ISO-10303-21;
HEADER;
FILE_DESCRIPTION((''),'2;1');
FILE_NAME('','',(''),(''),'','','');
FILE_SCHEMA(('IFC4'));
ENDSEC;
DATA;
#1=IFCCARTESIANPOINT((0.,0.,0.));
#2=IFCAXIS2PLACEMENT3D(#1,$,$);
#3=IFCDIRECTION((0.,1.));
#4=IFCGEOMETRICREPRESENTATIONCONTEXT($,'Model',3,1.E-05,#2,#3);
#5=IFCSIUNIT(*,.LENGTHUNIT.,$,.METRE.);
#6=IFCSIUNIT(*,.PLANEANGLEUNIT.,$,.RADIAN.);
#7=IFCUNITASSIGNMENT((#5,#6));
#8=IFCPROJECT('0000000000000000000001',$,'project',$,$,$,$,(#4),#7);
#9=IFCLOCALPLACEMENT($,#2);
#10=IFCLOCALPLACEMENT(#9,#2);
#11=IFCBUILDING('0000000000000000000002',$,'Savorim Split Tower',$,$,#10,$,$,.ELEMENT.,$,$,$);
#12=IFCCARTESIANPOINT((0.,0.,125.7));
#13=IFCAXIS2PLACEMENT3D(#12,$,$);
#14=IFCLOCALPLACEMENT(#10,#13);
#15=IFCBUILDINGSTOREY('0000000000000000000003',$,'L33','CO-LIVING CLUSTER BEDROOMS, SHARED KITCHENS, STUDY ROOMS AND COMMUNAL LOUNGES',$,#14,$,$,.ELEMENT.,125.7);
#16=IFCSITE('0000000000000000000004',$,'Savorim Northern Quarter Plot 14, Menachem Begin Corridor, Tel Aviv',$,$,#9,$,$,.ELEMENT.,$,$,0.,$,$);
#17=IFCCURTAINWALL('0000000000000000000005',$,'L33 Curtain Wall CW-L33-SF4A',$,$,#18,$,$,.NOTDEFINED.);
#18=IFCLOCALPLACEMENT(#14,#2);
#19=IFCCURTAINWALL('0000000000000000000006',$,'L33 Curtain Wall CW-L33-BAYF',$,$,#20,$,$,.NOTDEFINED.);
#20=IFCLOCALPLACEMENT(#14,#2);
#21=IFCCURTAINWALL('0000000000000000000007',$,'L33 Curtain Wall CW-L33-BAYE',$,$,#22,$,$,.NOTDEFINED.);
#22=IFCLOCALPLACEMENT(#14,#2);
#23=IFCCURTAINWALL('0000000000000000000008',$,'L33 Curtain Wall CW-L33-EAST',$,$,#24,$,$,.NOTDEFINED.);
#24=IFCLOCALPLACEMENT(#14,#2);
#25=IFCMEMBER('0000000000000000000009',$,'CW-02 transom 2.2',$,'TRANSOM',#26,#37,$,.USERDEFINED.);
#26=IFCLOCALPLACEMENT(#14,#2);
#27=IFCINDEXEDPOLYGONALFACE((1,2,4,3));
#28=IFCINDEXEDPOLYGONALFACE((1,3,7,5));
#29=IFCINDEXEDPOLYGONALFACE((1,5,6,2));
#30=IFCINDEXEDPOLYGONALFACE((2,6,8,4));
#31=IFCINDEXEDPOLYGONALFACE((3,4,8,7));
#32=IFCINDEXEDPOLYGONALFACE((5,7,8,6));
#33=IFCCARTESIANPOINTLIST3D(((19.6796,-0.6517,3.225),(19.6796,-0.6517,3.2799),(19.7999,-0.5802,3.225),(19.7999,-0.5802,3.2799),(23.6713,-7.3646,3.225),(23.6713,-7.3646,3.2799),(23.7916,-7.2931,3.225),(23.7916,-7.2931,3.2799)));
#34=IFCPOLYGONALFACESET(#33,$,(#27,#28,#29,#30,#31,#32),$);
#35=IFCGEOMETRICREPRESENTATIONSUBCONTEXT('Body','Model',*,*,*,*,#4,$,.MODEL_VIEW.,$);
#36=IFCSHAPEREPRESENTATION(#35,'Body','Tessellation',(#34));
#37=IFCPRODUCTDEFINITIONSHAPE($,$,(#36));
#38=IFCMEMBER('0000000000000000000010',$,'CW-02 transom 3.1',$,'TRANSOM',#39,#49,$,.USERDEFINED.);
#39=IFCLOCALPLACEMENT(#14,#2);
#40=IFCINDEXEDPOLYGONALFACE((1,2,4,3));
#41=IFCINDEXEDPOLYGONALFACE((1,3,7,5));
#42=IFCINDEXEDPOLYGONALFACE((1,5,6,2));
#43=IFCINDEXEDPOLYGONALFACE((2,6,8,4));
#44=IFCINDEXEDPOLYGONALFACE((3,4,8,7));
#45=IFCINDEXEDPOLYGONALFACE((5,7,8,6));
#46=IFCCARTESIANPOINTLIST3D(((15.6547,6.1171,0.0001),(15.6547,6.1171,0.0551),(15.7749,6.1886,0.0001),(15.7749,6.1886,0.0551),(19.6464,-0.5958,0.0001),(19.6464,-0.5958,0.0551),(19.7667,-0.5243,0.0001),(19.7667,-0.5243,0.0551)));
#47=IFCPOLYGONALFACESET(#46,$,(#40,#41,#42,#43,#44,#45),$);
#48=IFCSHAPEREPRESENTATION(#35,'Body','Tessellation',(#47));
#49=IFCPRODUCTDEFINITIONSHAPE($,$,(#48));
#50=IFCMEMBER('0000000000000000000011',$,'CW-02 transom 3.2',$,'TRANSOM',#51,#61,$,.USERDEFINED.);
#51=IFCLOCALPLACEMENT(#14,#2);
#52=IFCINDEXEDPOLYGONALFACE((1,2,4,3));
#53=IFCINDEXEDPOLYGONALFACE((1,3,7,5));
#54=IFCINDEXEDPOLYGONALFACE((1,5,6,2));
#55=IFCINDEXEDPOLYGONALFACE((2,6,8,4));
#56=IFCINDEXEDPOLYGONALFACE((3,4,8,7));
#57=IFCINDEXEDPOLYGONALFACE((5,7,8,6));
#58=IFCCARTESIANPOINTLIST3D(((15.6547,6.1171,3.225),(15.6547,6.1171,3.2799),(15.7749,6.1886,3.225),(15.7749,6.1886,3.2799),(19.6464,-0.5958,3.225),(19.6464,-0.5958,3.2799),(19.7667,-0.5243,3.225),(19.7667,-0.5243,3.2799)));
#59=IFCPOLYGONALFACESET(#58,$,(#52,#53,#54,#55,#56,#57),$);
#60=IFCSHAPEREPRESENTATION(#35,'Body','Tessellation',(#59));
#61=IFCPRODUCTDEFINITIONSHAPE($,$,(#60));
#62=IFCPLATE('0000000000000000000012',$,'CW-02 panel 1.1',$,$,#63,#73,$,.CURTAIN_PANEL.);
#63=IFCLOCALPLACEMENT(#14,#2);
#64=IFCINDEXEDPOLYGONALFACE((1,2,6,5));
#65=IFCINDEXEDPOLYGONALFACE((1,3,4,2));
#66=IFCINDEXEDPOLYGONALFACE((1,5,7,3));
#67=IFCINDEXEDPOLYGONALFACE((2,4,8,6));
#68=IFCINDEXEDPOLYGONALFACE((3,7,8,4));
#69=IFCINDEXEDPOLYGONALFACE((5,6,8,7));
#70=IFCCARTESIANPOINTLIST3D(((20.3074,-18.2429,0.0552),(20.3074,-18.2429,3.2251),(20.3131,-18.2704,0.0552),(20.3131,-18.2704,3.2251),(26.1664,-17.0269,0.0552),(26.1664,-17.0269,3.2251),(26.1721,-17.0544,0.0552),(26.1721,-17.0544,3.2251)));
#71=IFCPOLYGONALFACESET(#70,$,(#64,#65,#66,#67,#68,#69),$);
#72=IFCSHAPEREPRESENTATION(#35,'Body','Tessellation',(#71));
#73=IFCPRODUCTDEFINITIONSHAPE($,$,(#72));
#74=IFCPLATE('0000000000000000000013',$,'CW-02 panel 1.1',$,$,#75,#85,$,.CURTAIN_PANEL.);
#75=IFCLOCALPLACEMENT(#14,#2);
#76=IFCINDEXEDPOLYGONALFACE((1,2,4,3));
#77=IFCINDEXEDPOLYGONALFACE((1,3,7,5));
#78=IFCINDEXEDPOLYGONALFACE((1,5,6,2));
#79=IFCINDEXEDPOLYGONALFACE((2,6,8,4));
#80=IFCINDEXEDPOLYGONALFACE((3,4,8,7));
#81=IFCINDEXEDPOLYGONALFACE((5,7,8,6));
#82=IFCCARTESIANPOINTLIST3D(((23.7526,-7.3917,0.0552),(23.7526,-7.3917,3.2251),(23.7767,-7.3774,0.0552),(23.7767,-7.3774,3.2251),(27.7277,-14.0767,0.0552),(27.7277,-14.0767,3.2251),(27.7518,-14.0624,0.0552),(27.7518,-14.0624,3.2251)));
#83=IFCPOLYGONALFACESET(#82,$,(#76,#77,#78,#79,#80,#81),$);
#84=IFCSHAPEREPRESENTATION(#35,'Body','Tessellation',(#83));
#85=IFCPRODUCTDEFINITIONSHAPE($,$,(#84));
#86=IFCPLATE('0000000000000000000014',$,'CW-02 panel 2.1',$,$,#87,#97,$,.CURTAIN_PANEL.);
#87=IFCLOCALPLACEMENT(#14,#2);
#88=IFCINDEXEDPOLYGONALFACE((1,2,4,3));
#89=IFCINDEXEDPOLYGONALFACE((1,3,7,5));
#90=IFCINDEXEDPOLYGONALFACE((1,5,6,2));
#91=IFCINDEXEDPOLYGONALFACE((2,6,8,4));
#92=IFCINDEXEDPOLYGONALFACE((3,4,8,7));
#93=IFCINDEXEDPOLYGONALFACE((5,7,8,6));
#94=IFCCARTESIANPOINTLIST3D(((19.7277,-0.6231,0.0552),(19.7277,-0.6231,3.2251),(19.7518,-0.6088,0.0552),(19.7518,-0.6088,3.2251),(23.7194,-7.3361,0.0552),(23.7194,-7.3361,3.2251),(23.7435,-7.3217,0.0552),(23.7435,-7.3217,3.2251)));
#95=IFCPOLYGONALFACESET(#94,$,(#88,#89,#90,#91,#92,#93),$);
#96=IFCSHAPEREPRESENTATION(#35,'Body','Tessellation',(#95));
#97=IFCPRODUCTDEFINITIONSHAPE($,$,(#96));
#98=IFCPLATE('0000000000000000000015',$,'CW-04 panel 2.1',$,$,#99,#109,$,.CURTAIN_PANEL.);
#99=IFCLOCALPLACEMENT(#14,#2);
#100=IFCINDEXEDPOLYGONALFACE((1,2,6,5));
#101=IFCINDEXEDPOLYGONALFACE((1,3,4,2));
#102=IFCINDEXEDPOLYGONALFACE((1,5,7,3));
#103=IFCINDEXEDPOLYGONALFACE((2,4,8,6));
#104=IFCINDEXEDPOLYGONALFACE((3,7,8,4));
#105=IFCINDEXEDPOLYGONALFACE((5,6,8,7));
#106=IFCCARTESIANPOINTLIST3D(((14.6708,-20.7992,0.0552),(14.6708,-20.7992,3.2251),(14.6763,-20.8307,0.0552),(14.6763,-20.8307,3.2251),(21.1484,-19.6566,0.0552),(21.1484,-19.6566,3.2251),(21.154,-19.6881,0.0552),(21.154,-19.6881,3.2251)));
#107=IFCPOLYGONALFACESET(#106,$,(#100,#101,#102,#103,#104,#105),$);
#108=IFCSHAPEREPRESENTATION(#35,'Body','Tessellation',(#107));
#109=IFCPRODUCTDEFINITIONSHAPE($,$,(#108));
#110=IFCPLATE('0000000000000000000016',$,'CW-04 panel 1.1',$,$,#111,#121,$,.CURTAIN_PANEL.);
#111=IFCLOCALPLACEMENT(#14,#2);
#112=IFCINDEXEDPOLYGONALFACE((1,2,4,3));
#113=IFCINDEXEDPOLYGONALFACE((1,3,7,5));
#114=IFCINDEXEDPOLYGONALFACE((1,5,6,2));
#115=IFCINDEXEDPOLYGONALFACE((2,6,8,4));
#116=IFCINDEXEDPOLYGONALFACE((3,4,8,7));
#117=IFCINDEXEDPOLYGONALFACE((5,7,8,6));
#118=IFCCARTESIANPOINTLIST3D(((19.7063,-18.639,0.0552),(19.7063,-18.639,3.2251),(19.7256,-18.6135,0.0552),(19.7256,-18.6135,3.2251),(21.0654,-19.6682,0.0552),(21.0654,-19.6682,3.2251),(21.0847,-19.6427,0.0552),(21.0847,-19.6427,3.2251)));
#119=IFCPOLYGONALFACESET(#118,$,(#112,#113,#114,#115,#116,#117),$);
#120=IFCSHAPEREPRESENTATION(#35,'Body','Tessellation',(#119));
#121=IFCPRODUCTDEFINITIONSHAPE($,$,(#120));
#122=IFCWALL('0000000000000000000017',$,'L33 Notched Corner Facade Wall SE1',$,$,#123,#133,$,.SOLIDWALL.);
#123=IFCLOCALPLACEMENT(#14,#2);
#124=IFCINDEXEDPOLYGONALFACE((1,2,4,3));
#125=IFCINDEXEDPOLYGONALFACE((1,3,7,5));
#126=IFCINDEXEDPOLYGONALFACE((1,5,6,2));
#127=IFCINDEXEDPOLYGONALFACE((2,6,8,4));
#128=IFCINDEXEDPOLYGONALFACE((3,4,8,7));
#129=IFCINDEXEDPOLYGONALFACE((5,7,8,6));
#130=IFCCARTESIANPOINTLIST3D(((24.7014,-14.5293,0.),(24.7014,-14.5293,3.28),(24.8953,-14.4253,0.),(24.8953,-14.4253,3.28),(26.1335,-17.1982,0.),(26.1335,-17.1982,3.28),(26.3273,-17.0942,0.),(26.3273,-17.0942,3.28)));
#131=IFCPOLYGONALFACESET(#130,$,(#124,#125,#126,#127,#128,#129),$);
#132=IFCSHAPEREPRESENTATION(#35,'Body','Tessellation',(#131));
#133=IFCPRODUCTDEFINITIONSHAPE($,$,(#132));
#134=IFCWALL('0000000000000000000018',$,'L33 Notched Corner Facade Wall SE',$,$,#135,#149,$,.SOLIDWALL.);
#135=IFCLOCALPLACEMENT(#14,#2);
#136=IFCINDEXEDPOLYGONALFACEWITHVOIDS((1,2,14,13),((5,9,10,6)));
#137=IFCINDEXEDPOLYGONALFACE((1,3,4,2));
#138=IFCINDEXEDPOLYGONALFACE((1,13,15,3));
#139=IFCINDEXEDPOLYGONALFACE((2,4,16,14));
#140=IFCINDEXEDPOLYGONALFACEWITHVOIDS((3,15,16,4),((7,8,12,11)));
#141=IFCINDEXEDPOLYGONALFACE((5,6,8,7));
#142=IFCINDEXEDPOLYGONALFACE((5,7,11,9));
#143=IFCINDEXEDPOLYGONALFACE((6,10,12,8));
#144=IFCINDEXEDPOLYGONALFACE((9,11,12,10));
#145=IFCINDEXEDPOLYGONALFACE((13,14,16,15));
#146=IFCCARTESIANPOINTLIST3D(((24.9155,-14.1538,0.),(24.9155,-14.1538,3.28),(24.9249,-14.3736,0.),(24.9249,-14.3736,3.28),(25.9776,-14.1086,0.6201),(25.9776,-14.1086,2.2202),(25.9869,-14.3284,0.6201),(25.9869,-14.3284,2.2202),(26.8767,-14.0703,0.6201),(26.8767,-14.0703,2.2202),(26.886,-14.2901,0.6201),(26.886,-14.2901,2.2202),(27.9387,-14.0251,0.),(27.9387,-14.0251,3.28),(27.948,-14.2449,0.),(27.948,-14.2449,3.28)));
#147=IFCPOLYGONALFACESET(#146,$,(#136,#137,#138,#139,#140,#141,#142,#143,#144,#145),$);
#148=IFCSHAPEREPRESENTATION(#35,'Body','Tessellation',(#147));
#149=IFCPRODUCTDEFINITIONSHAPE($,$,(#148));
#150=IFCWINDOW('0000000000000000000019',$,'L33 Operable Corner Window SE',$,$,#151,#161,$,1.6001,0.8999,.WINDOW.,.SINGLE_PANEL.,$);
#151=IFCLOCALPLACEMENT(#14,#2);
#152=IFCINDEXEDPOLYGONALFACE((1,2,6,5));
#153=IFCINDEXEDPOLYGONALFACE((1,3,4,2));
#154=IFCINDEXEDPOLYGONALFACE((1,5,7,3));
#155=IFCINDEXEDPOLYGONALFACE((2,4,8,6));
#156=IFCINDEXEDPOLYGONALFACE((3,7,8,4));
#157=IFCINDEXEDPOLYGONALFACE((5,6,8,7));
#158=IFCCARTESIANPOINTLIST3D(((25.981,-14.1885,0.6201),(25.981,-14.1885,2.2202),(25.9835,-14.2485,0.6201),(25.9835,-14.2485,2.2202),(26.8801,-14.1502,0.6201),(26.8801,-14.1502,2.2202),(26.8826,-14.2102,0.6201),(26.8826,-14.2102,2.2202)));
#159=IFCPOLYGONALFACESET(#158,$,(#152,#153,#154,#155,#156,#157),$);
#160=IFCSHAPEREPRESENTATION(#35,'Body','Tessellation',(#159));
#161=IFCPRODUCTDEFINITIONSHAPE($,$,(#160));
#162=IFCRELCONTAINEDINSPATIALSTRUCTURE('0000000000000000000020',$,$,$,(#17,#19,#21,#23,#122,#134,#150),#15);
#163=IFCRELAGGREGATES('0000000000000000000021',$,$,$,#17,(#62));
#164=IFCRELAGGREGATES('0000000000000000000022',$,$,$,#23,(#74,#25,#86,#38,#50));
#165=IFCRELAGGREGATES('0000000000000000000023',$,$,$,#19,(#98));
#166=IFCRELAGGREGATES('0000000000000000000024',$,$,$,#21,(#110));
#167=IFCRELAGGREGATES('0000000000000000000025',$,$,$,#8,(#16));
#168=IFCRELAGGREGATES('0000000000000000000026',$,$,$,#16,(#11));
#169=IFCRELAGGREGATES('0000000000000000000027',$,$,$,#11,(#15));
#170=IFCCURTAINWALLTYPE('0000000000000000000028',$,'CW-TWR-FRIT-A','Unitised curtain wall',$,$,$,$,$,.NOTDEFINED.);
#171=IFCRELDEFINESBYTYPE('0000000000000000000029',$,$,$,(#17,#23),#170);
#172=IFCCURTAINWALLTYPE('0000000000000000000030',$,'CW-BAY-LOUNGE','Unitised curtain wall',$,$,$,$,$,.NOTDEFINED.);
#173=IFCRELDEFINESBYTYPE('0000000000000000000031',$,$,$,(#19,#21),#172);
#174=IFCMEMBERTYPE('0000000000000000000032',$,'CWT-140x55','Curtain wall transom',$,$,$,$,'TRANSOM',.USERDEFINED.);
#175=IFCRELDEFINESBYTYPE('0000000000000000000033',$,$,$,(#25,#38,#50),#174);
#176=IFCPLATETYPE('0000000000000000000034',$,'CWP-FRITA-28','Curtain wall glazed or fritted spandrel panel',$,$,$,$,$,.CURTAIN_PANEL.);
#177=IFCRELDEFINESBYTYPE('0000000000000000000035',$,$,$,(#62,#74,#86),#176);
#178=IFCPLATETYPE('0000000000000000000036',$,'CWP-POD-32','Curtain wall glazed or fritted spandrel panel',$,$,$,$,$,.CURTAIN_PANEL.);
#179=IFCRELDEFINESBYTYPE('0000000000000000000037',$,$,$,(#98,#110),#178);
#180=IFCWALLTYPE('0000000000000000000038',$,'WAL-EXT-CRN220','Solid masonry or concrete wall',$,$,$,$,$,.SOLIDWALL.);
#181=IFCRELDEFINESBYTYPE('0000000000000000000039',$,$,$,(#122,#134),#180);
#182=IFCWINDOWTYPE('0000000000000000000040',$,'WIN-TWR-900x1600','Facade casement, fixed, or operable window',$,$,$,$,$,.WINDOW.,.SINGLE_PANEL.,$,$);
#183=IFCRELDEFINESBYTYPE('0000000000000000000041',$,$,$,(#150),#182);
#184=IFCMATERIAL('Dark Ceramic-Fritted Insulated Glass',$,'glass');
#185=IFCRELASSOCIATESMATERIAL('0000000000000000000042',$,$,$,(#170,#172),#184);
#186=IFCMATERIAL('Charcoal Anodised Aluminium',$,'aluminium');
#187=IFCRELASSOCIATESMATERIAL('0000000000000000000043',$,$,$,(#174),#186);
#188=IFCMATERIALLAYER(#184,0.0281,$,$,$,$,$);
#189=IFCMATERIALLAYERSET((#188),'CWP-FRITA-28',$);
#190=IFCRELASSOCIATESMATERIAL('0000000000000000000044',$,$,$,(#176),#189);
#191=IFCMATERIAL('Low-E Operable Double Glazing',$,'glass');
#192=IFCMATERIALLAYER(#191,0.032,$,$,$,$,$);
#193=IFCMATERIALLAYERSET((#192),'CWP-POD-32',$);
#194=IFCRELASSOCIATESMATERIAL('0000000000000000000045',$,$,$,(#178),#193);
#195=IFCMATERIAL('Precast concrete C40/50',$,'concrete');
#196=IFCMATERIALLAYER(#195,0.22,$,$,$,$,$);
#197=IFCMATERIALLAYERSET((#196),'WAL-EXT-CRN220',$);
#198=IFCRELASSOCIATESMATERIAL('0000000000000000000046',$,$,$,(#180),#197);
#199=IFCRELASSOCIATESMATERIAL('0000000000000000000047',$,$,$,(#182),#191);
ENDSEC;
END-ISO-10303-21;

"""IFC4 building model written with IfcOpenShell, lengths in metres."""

from ifc_helpers import new_model, si_unit, direction, frame, frame_2d, origin, origin_2d, place, context, subcontext, project, spatial, rectangle, extrude, material, layer, layer_set, material_profile, profile_set, type_object, element, fill, aggregate, save


model = new_model("IFC4")

# Units and contexts
model_context = context("Model", 3, precision=1e-05, world=origin(), true_north=direction((0.0, 1.0)))
body_context = subcontext(model_context, "Body", "Model", "MODEL_VIEW")
ifc_project = project(units=[si_unit("LENGTHUNIT", "METRE"), si_unit("PLANEANGLEUNIT", "RADIAN")], contexts=[model_context])

# Site, building, storey
site_placement = place(None, origin())
site = spatial("IfcSite", under=ifc_project, at=site_placement, Name="Savorim Northern Quarter Plot 14, Menachem Begin Corridor, Tel Aviv", CompositionType="ELEMENT", RefElevation=0.0)
building_placement = place(site_placement, origin())
building = spatial("IfcBuilding", under=site, at=building_placement, Name="Savorim Split Tower", CompositionType="ELEMENT")
storey_placement = place(building_placement, frame((0.0, 0.0, 125.7)))
storey = spatial("IfcBuildingStorey", under=building, at=storey_placement, Name="L33", Description="CO-LIVING CLUSTER BEDROOMS, SHARED KITCHENS, STUDY ROOMS AND COMMUNAL LOUNGES", CompositionType="ELEMENT", Elevation=125.7)

# Curtain wall
ifc_material_1 = material(Name="Dark Ceramic-Fritted Insulated Glass", Category="glass")
curtain_wall_type_1 = type_object("IfcCurtainWallType", Name="CW-TWR-FRIT-A", Description="Unitised curtain wall", PredefinedType="NOTDEFINED", material=ifc_material_1)
curtain_wall_1_placement = place(storey_placement, origin())
curtain_wall_1 = element("IfcCurtainWall", 1, at=curtain_wall_1_placement, inside=storey, type_object=curtain_wall_type_1, Name="L33 Curtain Wall CW-L33-SF4A", PredefinedType="NOTDEFINED")
ifc_material_2 = material(Name="Charcoal Anodised Aluminium", Category="aluminium")

# Curtain wall
curtain_wall_type_2 = type_object("IfcCurtainWallType", Name="CW-BAY-LOUNGE", Description="Unitised curtain wall", PredefinedType="NOTDEFINED", material=ifc_material_1)
curtain_wall_2_placement = place(storey_placement, origin())
curtain_wall_2 = element("IfcCurtainWall", 2, at=curtain_wall_2_placement, inside=storey, type_object=curtain_wall_type_2, Name="L33 Curtain Wall CW-L33-BAYF", PredefinedType="NOTDEFINED")

# Curtain walls
curtain_wall_3_placement = place(storey_placement, origin())
curtain_wall_3 = element("IfcCurtainWall", 3, at=curtain_wall_3_placement, inside=storey, type_object=curtain_wall_type_2, Name="L33 Curtain Wall CW-L33-BAYE", PredefinedType="NOTDEFINED")
curtain_wall_4_placement = place(storey_placement, origin())
curtain_wall_4 = element("IfcCurtainWall", 4, at=curtain_wall_4_placement, inside=storey, type_object=curtain_wall_type_1, Name="L33 Curtain Wall CW-L33-EAST", PredefinedType="NOTDEFINED")

# Members
ifc_material_profile_1 = material_profile(ifc_material_2, rectangle(XDim=0.1399, YDim=0.0549, at=origin_2d()), Name="ALU-T 140x55")
ifc_profile_set_1 = profile_set([ifc_material_profile_1], Name="Charcoal Anodised Aluminium")
member_type_1 = type_object("IfcMemberType", Name="CWT-140x55", Description="Curtain wall transom", ElementType="TRANSOM", PredefinedType="USERDEFINED", material=ifc_profile_set_1)
member_1_placement = place(storey_placement, frame((23.7314, -7.3289, 3.2524), z_axis=(-0.511099, 0.859522, 0.0), x_axis=(-0.859522, -0.511099, 0.0)))
member_1 = element("IfcMember", 5, at=member_1_placement, type_object=member_type_1, Name="CW-02 transom 2.2", ObjectType="TRANSOM", PredefinedType="USERDEFINED", context=body_context, shape_type="SweptSolid", body=[
    extrude(rectangle(XDim=0.1399, YDim=0.0549, at=origin_2d()), origin(), (0.0, 0.0, 1.0), 7.8101),
])
member_2_placement = place(storey_placement, frame((19.7065, -0.5601, 0.0276), z_axis=(-0.511099, 0.859522, 0.0), x_axis=(-0.859522, -0.511099, 0.0)))
member_2 = element("IfcMember", 6, at=member_2_placement, type_object=member_type_1, Name="CW-02 transom 3.1", ObjectType="TRANSOM", PredefinedType="USERDEFINED", context=body_context, shape_type="SweptSolid", body=[
    extrude(rectangle(XDim=0.1399, YDim=0.0549, at=origin_2d()), origin(), (0.0, 0.0, 1.0), 7.8101),
])
member_3_placement = place(storey_placement, frame((19.7065, -0.5601, 3.2524), z_axis=(-0.511099, 0.859522, 0.0), x_axis=(-0.859522, -0.511099, 0.0)))
member_3 = element("IfcMember", 7, at=member_3_placement, type_object=member_type_1, Name="CW-02 transom 3.2", ObjectType="TRANSOM", PredefinedType="USERDEFINED", context=body_context, shape_type="SweptSolid", body=[
    extrude(rectangle(XDim=0.1399, YDim=0.0549, at=origin_2d()), origin(), (0.0, 0.0, 1.0), 7.8101),
])

# Plates
ifc_layer_1 = layer(ifc_material_1, 0.0281)
ifc_layer_set_1 = layer_set([ifc_layer_1], Name="CWP-FRITA-28")
plate_type_1 = type_object("IfcPlateType", Name="CWP-FRITA-28", Description="Curtain wall glazed or fritted spandrel panel", PredefinedType="CURTAIN_PANEL", material=ifc_layer_set_1)
plate_1_placement = place(storey_placement, frame((23.2397, -17.6487, 0.0552), z_axis=(0.0, 0.0, 1.0), x_axis=(0.979135, 0.20321, 0.0)))
plate_1 = element("IfcPlate", 8, at=plate_1_placement, type_object=plate_type_1, Name="CW-02 panel 1.1", PredefinedType="CURTAIN_PANEL", context=body_context, shape_type="SweptSolid", body=[
    extrude(rectangle(XDim=5.9839, YDim=0.0281, at=origin_2d()), origin(), (0.0, 0.0, 1.0), 3.1699),
])
aggregate(curtain_wall_1, [plate_1])
plate_2_placement = place(storey_placement, frame((25.7522, -10.7271, 0.0552), z_axis=(0.0, 0.0, 1.0), x_axis=(-0.511093, 0.859525, 0.0)))
plate_2 = element("IfcPlate", 9, at=plate_2_placement, type_object=plate_type_1, Name="CW-02 panel 1.1", PredefinedType="CURTAIN_PANEL", context=body_context, shape_type="SweptSolid", body=[
    extrude(rectangle(XDim=7.7776, YDim=0.0281, at=origin_2d()), origin(), (0.0, 0.0, 1.0), 3.1699),
])
plate_3_placement = place(storey_placement, frame((21.7356, -3.9724, 0.0552), z_axis=(0.0, 0.0, 1.0), x_axis=(-0.511093, 0.859525, 0.0)))
plate_3 = element("IfcPlate", 10, at=plate_3_placement, type_object=plate_type_1, Name="CW-02 panel 2.1", PredefinedType="CURTAIN_PANEL", context=body_context, shape_type="SweptSolid", body=[
    extrude(rectangle(XDim=7.8101, YDim=0.0281, at=origin_2d()), origin(), (0.0, 0.0, 1.0), 3.1699),
])
aggregate(curtain_wall_4, [plate_2, member_1, plate_3, member_2, member_3])
ifc_material_3 = material(Name="Low-E Operable Double Glazing", Category="glass")
ifc_layer_2 = layer(ifc_material_3, 0.032)
ifc_layer_set_2 = layer_set([ifc_layer_2], Name="CWP-POD-32")
plate_type_2 = type_object("IfcPlateType", Name="CWP-POD-32", Description="Curtain wall glazed or fritted spandrel panel", PredefinedType="CURTAIN_PANEL", material=ifc_layer_set_2)
plate_4_placement = place(storey_placement, frame((17.9124, -20.2437, 0.0552), z_axis=(0.0, 0.0, 1.0), x_axis=(0.984798, 0.173703, 0.0)))
plate_4 = element("IfcPlate", 11, at=plate_4_placement, type_object=plate_type_2, Name="CW-04 panel 2.1", PredefinedType="CURTAIN_PANEL", context=body_context, shape_type="SweptSolid", body=[
    extrude(rectangle(XDim=6.5776, YDim=0.032, at=origin_2d()), origin(), (0.0, 0.0, 1.0), 3.1699),
])
aggregate(curtain_wall_2, [plate_4])
plate_5_placement = place(storey_placement, frame((20.3955, -19.1409, 0.0552), z_axis=(0.0, 0.0, 1.0), x_axis=(-0.797192, 0.603725, 0.0)))
plate_5 = element("IfcPlate", 12, at=plate_5_placement, type_object=plate_type_2, Name="CW-04 panel 1.1", PredefinedType="CURTAIN_PANEL", context=body_context, shape_type="SweptSolid", body=[
    extrude(rectangle(XDim=1.7048, YDim=0.032, at=origin_2d()), origin(), (0.0, 0.0, 1.0), 3.1699),
])
aggregate(curtain_wall_3, [plate_5])

# Wall
ifc_material_4 = material(Name="Precast concrete C40/50", Category="concrete")
ifc_layer_3 = layer(ifc_material_4, 0.22)
ifc_layer_set_3 = layer_set([ifc_layer_3], Name="WAL-EXT-CRN220")
wall_type = type_object("IfcWallType", Name="WAL-EXT-CRN220", Description="Solid masonry or concrete wall", PredefinedType="SOLIDWALL", material=ifc_layer_set_3)
wall_1_placement = place(storey_placement, frame((24.7983, -14.4773, 0.0), z_axis=(0.0, 0.0, 1.0), x_axis=(0.472821, -0.881159, 0.0)))
element("IfcWall", 13, at=wall_1_placement, inside=storey, type_object=wall_type, Name="L33 Notched Corner Facade Wall SE1", PredefinedType="SOLIDWALL", context=body_context, shape_type="SweptSolid", body=[
    extrude(rectangle(XDim=3.0288, YDim=0.22, at=frame_2d((1.5144, 0.0))), origin(), (0.0, 0.0, 1.0), 3.28),
])

# Wall, opening, window
wall_2_placement = place(storey_placement, frame((27.9434, -14.135, 0.0), z_axis=(0.0, 0.0, 1.0), x_axis=(-0.999096, -0.04252, 0.0)))
wall_2 = element("IfcWall", 14, at=wall_2_placement, inside=storey, type_object=wall_type, Name="L33 Notched Corner Facade Wall SE", PredefinedType="SOLIDWALL", context=body_context, shape_type="SweptSolid", body=[
    extrude(rectangle(XDim=3.0259, YDim=0.22, at=frame_2d((1.5129, 0.0))), origin(), (0.0, 0.0, 1.0), 3.28),
])
opening_placement = place(wall_2_placement, frame((1.063, 0.0, 0.6201)))
opening = element("IfcOpeningElement", 15, at=opening_placement, cuts=wall_2, PredefinedType="OPENING", context=body_context, shape_type="SweptSolid", body=[
    extrude(rectangle(XDim=0.8999, YDim=1.6001, at=frame_2d((0.45, 0.8))), frame((0.0, 0.1199, 0.0), z_axis=(0.0, -1.0, 0.0), x_axis=(1.0, 0.0, 0.0)), (0.0, 0.0, 1.0), 0.24),
])
window_type = type_object("IfcWindowType", Name="WIN-TWR-900x1600", Description="Facade casement, fixed, or operable window", PartitioningType="SINGLE_PANEL", PredefinedType="WINDOW", material=ifc_material_3)
window_placement = place(opening_placement, origin())
window = element("IfcWindow", 16, at=window_placement, inside=storey, type_object=window_type, Name="L33 Operable Corner Window SE", OverallHeight=1.6001, OverallWidth=0.8999, PartitioningType="SINGLE_PANEL", PredefinedType="WINDOW", context=body_context, shape_type="SweptSolid", body=[
    extrude(rectangle(XDim=0.8999, YDim=1.6001, at=frame_2d((0.45, 0.8))), frame((0.0, 0.03, 0.0), z_axis=(0.0, -1.0, 0.0), x_axis=(1.0, 0.0, 0.0)), (0.0, 0.0, 1.0), 0.0601),
])
fill(opening, window)

save(model, "model.ifc")
